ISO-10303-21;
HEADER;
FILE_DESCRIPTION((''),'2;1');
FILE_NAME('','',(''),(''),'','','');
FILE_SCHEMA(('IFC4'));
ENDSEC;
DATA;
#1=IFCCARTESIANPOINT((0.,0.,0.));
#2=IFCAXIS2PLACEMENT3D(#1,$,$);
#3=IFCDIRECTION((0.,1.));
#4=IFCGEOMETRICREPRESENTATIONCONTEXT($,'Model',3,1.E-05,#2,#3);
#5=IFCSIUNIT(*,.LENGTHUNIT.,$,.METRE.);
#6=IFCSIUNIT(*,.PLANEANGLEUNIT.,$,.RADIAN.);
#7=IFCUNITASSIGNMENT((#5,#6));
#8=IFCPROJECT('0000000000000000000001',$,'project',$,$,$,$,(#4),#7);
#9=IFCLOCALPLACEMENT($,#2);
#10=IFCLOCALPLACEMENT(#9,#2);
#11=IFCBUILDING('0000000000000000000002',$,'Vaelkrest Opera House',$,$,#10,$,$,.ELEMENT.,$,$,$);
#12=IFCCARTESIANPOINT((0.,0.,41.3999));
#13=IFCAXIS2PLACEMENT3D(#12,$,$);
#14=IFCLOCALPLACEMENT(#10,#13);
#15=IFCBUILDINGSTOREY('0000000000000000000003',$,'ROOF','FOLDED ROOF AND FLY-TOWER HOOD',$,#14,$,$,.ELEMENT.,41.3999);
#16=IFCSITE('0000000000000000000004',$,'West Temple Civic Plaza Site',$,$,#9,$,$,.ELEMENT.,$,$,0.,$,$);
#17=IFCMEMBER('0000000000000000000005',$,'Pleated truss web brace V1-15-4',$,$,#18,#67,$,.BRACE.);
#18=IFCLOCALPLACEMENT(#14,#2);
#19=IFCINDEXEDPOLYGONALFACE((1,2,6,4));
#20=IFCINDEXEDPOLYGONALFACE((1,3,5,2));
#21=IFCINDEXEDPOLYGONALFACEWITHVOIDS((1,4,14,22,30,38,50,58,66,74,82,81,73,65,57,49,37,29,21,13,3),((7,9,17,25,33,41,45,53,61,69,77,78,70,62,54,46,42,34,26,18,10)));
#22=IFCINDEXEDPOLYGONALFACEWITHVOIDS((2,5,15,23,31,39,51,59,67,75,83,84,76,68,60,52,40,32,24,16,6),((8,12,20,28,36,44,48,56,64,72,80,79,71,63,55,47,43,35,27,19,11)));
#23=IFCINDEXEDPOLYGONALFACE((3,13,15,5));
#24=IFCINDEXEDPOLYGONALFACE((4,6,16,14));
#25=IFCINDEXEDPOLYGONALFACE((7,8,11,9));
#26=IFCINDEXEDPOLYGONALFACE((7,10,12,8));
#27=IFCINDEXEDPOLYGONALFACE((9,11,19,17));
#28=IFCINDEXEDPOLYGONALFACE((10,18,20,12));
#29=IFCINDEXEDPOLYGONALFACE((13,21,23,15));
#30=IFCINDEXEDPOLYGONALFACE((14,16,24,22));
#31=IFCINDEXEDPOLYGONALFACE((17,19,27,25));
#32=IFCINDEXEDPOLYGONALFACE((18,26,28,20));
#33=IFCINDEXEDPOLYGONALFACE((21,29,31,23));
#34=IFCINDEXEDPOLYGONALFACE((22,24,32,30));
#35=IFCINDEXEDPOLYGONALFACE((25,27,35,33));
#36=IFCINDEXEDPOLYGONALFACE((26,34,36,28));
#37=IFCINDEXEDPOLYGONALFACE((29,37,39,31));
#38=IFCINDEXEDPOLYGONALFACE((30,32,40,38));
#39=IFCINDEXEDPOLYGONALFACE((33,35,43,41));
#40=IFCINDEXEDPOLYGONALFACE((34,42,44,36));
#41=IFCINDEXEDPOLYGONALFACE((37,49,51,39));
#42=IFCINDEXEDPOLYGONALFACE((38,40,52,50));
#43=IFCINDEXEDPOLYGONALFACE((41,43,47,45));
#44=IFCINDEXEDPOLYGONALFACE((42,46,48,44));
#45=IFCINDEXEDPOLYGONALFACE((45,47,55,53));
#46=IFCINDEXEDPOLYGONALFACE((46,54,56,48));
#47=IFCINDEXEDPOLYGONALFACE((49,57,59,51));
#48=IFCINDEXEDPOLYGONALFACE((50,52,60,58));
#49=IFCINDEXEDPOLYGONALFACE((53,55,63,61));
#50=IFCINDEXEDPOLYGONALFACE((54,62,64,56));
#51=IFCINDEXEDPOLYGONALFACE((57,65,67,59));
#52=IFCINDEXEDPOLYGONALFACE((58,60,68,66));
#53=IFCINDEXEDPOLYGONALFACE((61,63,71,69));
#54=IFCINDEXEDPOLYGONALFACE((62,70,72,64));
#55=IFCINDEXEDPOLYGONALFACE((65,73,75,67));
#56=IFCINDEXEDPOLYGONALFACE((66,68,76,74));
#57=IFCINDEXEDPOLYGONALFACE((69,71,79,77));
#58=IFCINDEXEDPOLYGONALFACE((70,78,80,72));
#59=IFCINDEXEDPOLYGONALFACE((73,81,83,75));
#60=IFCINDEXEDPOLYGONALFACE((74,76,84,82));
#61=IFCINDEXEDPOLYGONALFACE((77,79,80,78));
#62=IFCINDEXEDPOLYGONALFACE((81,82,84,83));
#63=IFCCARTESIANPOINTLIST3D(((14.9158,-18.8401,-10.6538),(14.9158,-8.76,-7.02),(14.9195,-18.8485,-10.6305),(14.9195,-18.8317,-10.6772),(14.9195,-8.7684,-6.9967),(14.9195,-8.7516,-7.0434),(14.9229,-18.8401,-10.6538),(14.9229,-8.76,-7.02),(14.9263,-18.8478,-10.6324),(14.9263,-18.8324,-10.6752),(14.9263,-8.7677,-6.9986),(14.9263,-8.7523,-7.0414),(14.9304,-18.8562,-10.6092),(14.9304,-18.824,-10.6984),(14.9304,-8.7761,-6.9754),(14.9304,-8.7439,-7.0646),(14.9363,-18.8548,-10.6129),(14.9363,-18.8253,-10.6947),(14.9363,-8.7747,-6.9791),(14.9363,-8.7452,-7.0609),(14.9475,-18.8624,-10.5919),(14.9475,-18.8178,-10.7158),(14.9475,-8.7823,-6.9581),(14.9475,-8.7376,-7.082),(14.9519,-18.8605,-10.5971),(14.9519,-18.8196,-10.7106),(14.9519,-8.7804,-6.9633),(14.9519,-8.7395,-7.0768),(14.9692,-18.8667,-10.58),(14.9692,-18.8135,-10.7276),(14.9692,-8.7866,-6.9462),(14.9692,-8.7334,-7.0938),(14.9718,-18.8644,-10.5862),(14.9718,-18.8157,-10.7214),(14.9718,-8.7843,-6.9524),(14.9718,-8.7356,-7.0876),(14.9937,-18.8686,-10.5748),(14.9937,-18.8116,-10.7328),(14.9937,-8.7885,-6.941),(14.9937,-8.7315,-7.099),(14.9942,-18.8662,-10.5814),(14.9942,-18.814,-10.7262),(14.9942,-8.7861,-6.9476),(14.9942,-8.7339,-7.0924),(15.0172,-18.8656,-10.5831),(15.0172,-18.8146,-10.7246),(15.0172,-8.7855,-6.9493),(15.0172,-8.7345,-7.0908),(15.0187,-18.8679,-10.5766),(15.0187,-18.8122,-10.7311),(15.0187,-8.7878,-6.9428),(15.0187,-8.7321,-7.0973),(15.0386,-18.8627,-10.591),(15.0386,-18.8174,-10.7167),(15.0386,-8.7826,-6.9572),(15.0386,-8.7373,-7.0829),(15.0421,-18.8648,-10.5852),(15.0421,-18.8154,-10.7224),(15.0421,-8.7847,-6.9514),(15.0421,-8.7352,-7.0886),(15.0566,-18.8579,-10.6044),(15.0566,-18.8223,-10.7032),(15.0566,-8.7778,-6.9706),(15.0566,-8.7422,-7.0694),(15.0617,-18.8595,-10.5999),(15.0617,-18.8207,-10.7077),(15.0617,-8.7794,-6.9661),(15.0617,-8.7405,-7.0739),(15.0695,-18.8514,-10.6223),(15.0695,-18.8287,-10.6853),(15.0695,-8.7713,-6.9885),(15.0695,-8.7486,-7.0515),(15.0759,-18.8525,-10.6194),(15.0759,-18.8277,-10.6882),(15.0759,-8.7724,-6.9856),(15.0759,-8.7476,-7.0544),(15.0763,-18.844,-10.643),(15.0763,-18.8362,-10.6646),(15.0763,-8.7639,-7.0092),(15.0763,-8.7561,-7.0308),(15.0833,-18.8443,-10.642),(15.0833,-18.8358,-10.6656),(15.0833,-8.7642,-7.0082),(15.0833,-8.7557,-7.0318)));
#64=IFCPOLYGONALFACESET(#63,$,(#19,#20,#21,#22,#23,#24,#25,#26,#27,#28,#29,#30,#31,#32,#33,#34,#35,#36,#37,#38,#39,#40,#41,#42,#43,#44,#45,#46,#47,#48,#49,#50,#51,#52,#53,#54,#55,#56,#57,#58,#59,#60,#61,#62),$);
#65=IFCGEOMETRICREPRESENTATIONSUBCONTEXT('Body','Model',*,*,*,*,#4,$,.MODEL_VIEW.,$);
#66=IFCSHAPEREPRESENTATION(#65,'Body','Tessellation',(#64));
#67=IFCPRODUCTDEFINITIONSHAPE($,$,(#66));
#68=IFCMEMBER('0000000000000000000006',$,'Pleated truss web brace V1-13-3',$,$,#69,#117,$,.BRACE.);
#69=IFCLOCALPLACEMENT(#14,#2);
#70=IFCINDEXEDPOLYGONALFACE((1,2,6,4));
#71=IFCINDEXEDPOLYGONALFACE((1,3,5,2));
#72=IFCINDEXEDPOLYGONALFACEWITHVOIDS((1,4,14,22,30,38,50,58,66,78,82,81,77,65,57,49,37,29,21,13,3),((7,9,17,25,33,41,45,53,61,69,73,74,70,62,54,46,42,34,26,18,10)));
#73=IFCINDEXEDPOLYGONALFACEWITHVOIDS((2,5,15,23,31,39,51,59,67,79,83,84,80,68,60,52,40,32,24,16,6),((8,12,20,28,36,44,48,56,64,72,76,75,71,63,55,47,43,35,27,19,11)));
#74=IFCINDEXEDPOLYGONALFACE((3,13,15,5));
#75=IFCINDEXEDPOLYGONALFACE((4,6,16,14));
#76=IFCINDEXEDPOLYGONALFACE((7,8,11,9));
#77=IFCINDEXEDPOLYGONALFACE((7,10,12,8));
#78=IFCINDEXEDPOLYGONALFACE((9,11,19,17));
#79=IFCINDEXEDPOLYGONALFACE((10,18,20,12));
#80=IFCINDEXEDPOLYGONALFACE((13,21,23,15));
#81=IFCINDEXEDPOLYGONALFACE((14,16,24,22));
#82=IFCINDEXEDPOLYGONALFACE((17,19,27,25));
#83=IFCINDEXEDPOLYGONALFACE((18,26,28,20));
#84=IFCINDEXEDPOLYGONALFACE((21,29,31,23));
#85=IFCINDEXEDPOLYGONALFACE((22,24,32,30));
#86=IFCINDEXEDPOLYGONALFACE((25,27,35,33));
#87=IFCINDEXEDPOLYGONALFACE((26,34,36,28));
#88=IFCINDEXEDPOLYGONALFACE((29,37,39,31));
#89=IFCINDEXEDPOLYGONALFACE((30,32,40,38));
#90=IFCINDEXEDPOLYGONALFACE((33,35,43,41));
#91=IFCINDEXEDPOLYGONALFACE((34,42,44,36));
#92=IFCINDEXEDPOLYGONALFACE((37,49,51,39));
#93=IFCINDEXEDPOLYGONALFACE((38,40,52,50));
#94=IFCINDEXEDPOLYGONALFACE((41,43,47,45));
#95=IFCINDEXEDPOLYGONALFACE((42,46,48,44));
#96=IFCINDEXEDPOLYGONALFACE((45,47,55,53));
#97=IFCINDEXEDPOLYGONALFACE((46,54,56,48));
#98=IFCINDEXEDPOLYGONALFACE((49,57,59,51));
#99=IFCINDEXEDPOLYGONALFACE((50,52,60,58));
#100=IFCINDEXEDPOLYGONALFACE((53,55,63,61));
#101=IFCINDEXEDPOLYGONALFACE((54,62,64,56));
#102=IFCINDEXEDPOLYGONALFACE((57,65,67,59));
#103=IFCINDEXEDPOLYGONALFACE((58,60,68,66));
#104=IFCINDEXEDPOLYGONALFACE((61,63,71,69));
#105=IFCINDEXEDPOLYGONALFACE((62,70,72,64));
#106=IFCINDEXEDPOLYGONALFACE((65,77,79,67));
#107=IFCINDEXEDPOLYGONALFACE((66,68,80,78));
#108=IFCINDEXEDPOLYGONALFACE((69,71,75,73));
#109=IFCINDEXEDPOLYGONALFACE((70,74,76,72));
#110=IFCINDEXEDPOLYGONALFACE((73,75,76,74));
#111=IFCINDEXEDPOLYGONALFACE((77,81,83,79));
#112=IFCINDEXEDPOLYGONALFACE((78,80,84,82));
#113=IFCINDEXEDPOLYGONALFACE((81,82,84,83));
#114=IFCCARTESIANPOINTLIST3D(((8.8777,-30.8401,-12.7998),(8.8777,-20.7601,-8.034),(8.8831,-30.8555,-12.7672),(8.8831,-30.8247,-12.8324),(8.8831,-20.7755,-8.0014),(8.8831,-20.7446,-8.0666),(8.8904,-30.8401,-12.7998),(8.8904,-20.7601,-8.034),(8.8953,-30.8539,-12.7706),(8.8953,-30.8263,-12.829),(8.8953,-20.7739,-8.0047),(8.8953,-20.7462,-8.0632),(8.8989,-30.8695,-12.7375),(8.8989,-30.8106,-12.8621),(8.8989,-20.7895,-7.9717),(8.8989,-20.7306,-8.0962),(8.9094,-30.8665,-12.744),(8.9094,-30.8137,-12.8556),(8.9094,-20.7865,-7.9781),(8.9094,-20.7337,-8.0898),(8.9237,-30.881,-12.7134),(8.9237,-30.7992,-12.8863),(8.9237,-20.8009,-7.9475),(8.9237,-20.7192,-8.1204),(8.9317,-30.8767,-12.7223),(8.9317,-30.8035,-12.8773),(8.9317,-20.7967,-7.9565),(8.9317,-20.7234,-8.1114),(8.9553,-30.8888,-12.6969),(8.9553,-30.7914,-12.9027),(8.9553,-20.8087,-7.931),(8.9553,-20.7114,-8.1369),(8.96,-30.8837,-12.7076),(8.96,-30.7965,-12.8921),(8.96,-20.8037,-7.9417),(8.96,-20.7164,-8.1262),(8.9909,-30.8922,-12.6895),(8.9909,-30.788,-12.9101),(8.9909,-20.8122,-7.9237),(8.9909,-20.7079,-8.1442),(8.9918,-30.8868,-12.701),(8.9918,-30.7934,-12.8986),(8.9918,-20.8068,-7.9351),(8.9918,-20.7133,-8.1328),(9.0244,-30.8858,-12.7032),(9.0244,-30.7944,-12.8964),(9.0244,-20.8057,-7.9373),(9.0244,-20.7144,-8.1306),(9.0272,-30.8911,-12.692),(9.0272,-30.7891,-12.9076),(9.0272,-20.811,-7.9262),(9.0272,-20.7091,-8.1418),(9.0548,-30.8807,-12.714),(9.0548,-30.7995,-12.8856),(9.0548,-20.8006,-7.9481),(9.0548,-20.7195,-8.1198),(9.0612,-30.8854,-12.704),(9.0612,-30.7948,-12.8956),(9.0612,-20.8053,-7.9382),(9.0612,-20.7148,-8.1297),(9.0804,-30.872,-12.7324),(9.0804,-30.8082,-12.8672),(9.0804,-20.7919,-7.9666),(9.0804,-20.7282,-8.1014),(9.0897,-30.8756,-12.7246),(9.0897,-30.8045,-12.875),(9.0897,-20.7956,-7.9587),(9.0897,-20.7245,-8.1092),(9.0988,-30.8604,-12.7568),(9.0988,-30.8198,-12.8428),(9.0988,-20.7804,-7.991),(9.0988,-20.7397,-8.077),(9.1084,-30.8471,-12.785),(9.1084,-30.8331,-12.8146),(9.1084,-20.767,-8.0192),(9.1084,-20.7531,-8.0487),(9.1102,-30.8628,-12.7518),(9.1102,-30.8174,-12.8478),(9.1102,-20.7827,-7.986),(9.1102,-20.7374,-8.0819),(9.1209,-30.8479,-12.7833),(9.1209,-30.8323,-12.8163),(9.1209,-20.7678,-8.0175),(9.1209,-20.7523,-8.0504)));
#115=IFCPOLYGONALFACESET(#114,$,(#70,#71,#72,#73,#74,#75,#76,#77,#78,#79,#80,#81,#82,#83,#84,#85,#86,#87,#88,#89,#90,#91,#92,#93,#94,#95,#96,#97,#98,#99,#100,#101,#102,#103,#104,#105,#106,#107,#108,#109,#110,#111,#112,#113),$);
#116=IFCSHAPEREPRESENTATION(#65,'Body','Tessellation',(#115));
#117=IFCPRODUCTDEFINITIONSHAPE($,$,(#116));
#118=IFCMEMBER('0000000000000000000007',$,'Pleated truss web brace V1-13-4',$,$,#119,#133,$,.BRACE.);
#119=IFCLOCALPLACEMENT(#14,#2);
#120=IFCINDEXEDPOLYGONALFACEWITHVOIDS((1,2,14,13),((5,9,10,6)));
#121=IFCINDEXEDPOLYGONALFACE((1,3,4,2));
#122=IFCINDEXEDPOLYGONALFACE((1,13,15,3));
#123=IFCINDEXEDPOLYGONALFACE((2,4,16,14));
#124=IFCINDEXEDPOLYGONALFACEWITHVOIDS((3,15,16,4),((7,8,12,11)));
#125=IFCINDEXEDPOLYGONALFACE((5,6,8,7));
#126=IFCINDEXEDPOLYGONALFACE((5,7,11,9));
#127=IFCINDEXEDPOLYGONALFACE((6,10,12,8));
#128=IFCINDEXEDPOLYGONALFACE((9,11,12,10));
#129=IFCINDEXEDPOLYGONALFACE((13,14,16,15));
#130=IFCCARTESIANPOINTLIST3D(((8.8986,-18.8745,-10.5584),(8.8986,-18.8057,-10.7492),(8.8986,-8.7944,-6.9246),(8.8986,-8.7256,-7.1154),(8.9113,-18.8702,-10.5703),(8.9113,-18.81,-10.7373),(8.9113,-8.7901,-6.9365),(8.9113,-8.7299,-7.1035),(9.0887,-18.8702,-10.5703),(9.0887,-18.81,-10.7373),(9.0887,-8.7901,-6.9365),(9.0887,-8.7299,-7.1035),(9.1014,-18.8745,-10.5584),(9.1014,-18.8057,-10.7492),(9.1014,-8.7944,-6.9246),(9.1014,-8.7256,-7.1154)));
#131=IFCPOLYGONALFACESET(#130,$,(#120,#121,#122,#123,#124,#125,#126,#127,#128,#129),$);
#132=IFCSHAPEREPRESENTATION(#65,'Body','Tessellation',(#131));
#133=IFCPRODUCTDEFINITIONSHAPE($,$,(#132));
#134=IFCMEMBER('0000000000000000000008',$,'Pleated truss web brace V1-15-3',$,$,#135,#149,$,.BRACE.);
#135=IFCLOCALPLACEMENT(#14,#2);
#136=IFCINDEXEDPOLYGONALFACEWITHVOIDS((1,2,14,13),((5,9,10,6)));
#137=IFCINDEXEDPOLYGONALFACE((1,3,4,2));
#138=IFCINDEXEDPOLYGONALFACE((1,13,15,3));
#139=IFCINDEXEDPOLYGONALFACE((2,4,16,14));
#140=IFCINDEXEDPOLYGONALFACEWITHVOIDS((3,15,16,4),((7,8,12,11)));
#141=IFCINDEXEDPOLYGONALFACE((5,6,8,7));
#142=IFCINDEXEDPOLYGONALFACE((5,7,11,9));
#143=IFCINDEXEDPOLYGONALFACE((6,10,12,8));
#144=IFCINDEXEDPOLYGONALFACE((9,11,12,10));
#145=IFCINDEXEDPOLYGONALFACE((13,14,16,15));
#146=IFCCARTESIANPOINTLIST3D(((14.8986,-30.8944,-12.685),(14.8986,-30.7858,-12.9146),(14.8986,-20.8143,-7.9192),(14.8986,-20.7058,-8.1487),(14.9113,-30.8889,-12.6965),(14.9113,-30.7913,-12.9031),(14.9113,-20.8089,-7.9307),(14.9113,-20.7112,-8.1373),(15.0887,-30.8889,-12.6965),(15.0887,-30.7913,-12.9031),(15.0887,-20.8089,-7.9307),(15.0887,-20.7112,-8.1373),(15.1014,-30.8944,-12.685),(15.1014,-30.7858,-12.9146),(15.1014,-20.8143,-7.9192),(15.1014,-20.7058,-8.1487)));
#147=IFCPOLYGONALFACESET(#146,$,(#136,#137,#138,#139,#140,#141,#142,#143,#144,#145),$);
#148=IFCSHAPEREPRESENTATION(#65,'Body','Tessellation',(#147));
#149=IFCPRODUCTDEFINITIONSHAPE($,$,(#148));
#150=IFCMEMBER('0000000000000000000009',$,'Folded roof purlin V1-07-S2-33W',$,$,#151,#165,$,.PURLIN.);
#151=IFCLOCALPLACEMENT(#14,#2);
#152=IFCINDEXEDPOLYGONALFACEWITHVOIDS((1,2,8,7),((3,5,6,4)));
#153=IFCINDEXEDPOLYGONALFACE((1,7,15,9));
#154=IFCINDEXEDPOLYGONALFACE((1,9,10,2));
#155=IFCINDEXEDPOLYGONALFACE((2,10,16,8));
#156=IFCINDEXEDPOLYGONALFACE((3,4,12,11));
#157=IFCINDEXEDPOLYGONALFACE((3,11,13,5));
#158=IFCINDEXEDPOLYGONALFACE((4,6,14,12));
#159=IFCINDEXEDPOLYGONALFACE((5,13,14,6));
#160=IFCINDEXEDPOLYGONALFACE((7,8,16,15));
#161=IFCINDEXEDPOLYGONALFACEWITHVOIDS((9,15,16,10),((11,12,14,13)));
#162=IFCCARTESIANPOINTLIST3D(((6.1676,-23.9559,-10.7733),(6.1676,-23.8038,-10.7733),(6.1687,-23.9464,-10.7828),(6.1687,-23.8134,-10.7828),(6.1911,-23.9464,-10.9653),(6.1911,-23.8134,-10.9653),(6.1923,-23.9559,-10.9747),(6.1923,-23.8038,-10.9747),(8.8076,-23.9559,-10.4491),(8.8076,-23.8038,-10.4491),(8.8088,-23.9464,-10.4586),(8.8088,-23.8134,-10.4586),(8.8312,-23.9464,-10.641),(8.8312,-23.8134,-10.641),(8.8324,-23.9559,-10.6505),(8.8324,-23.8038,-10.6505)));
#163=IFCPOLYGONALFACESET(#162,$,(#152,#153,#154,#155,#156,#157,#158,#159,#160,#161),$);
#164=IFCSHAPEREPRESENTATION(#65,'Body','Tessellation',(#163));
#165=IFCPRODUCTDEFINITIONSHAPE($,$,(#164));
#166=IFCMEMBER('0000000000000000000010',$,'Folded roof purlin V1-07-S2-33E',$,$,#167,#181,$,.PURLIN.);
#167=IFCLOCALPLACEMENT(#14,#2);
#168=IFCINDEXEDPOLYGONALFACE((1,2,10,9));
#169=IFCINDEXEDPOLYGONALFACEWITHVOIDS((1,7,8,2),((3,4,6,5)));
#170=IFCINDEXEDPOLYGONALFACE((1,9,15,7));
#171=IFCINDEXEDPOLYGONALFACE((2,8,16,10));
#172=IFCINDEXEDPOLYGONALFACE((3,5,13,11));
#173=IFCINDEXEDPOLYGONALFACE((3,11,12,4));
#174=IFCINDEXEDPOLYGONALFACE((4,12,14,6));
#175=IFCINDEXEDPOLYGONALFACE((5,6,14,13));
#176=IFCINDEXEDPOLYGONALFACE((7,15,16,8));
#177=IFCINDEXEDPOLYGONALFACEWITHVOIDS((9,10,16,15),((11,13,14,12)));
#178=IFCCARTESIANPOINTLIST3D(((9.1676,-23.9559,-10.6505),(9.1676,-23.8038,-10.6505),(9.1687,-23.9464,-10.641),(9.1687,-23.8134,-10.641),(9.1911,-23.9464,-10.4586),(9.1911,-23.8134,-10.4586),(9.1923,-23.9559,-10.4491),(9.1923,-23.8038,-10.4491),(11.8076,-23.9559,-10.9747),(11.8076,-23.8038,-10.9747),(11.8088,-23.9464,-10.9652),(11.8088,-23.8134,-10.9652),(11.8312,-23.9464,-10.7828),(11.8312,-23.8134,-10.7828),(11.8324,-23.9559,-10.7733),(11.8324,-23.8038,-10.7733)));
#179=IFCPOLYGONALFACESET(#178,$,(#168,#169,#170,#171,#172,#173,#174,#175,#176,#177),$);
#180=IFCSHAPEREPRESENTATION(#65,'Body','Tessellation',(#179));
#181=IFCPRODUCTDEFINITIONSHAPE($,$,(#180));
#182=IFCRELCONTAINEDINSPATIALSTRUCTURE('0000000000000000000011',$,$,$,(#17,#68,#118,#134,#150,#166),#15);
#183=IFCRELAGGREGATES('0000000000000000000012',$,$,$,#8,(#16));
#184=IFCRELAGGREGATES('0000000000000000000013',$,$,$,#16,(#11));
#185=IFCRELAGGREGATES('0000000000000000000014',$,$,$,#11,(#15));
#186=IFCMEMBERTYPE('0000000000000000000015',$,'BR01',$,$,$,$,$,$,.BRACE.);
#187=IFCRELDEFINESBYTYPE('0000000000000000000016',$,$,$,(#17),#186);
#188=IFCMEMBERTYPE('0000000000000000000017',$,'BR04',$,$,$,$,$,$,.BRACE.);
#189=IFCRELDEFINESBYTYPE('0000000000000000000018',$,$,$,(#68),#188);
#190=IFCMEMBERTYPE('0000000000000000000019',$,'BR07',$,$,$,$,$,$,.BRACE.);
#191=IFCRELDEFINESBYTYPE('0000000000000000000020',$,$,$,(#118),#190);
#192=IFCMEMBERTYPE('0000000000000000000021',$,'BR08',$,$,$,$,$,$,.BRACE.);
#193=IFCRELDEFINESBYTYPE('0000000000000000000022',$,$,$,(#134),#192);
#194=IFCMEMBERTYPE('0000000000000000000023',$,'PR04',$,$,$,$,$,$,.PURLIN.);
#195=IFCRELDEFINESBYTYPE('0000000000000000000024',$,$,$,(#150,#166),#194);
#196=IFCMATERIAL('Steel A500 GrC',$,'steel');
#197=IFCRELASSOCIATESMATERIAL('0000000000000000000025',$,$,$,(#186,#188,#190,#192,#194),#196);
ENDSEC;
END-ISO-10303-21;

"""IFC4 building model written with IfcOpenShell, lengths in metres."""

from ifc_helpers import new_model, si_unit, direction, frame, origin, origin_2d, place, context, subcontext, project, spatial, hollow_rectangle, hollow_circle, extrude, material, material_profile, profile_set, type_object, element, save


model = new_model("IFC4")

# Units and contexts
model_context = context("Model", 3, precision=1e-05, world=origin(), true_north=direction((0.0, 1.0)))
body_context = subcontext(model_context, "Body", "Model", "MODEL_VIEW")
ifc_project = project(units=[si_unit("LENGTHUNIT", "METRE"), si_unit("PLANEANGLEUNIT", "RADIAN")], contexts=[model_context])

# Site, building, storey
site_placement = place(None, origin())
site = spatial("IfcSite", under=ifc_project, at=site_placement, Name="West Temple Civic Plaza Site", CompositionType="ELEMENT", RefElevation=0.0)
building_placement = place(site_placement, origin())
building = spatial("IfcBuilding", under=site, at=building_placement, Name="Vaelkrest Opera House", CompositionType="ELEMENT")
storey_placement = place(building_placement, frame((0.0, 0.0, 41.3999)))
storey = spatial("IfcBuildingStorey", under=building, at=storey_placement, Name="ROOF", Description="FOLDED ROOF AND FLY-TOWER HOOD", CompositionType="ELEMENT", Elevation=41.3999)

# Members
ifc_material_1 = material(Name="Steel A500 GrC", Category="steel")
ifc_material_profile_1 = material_profile(ifc_material_1, hollow_circle(Radius=0.0842, WallThickness=0.0071, at=origin_2d()), Name="HSS168.3X7.1")
ifc_profile_set_1 = profile_set([ifc_material_profile_1], Name="Steel A500 GrC")
member_type_1 = type_object("IfcMemberType", Name="BR01", PredefinedType="BRACE", material=ifc_profile_set_1)
member_1_placement = place(storey_placement, frame((15.0, -18.8401, -10.6538), z_axis=(0.0, 0.94074, 0.339129), x_axis=(-1.0, 0.0, 0.0)))
element("IfcMember", 1, at=member_1_placement, inside=storey, type_object=member_type_1, Name="Pleated truss web brace V1-15-4", PredefinedType="BRACE", context=body_context, shape_type="SweptSolid", body=[
    extrude(hollow_circle(Radius=0.0842, WallThickness=0.0071, at=origin_2d()), origin(), (0.0, 0.0, 1.0), 10.7151),
])
ifc_material_profile_2 = material_profile(ifc_material_1, hollow_circle(Radius=0.1223, WallThickness=0.0127, at=origin_2d()), Name="HSS244.5X12.7")
ifc_profile_set_2 = profile_set([ifc_material_profile_2], Name="Steel A500 GrC")
member_type_2 = type_object("IfcMemberType", Name="BR04", PredefinedType="BRACE", material=ifc_profile_set_2)
member_2_placement = place(storey_placement, frame((9.0, -30.8401, -12.7998), z_axis=(0.0, 0.904047, 0.427434), x_axis=(-1.0, 0.0, 0.0)))
element("IfcMember", 2, at=member_2_placement, inside=storey, type_object=member_type_2, Name="Pleated truss web brace V1-13-3", PredefinedType="BRACE", context=body_context, shape_type="SweptSolid", body=[
    extrude(hollow_circle(Radius=0.1223, WallThickness=0.0127, at=origin_2d()), origin(), (0.0, 0.0, 1.0), 11.1499),
])
ifc_material_profile_3 = material_profile(ifc_material_1, hollow_rectangle(XDim=0.2029, YDim=0.2029, WallThickness=0.0127, at=origin_2d()), Name="HSS203X203X12.7")
ifc_profile_set_3 = profile_set([ifc_material_profile_3], Name="Steel A500 GrC")
member_type_3 = type_object("IfcMemberType", Name="BR07", PredefinedType="BRACE", material=ifc_profile_set_3)
member_3_placement = place(storey_placement, frame((9.0, -18.8401, -10.6538), z_axis=(0.0, 0.94074, 0.339129), x_axis=(-1.0, 0.0, 0.0)))
element("IfcMember", 3, at=member_3_placement, inside=storey, type_object=member_type_3, Name="Pleated truss web brace V1-13-4", PredefinedType="BRACE", context=body_context, shape_type="SweptSolid", body=[
    extrude(hollow_rectangle(XDim=0.2029, YDim=0.2029, WallThickness=0.0127, at=origin_2d()), origin(), (0.0, 0.0, 1.0), 10.7151),
])
ifc_material_profile_4 = material_profile(ifc_material_1, hollow_rectangle(XDim=0.2029, YDim=0.2539, WallThickness=0.0127, at=origin_2d()), Name="HSS254X203X12.7")
ifc_profile_set_4 = profile_set([ifc_material_profile_4], Name="Steel A500 GrC")
member_type_4 = type_object("IfcMemberType", Name="BR08", PredefinedType="BRACE", material=ifc_profile_set_4)
member_4_placement = place(storey_placement, frame((15.0, -30.8401, -12.7998), z_axis=(0.0, 0.904047, 0.427434), x_axis=(-1.0, 0.0, 0.0)))
element("IfcMember", 4, at=member_4_placement, inside=storey, type_object=member_type_4, Name="Pleated truss web brace V1-15-3", PredefinedType="BRACE", context=body_context, shape_type="SweptSolid", body=[
    extrude(hollow_rectangle(XDim=0.2029, YDim=0.2539, WallThickness=0.0127, at=origin_2d()), origin(), (0.0, 0.0, 1.0), 11.1499),
])
ifc_material_profile_5 = material_profile(ifc_material_1, hollow_rectangle(XDim=0.1521, YDim=0.2029, WallThickness=0.0095, at=origin_2d()), Name="HSS203X152X9.5")
ifc_profile_set_5 = profile_set([ifc_material_profile_5], Name="Steel A500 GrC")
member_type_5 = type_object("IfcMemberType", Name="PR04", PredefinedType="PURLIN", material=ifc_profile_set_5)
for number, where, z_axis, x_axis, name in (
    (5, (6.1799, -23.8799, -10.874), (0.992544, 0.0, 0.121888), (0.0, 1.0, 0.0), "Folded roof purlin V1-07-S2-33W"),
    (6, (9.1799, -23.8799, -10.5498), (0.992544, 0.0, -0.121888), (0.0, 1.0, 0.0), "Folded roof purlin V1-07-S2-33E"),
):
    element("IfcMember", number, at=place(storey_placement, frame(where, z_axis=z_axis, x_axis=x_axis)), inside=storey, type_object=member_type_5, Name=name, PredefinedType="PURLIN", context=body_context, shape_type="SweptSolid", body=[
        extrude(hollow_rectangle(XDim=0.1521, YDim=0.2029, WallThickness=0.0095, at=origin_2d()), origin(), (0.0, 0.0, 1.0), 2.6599),
    ])

save(model, "model.ifc")
